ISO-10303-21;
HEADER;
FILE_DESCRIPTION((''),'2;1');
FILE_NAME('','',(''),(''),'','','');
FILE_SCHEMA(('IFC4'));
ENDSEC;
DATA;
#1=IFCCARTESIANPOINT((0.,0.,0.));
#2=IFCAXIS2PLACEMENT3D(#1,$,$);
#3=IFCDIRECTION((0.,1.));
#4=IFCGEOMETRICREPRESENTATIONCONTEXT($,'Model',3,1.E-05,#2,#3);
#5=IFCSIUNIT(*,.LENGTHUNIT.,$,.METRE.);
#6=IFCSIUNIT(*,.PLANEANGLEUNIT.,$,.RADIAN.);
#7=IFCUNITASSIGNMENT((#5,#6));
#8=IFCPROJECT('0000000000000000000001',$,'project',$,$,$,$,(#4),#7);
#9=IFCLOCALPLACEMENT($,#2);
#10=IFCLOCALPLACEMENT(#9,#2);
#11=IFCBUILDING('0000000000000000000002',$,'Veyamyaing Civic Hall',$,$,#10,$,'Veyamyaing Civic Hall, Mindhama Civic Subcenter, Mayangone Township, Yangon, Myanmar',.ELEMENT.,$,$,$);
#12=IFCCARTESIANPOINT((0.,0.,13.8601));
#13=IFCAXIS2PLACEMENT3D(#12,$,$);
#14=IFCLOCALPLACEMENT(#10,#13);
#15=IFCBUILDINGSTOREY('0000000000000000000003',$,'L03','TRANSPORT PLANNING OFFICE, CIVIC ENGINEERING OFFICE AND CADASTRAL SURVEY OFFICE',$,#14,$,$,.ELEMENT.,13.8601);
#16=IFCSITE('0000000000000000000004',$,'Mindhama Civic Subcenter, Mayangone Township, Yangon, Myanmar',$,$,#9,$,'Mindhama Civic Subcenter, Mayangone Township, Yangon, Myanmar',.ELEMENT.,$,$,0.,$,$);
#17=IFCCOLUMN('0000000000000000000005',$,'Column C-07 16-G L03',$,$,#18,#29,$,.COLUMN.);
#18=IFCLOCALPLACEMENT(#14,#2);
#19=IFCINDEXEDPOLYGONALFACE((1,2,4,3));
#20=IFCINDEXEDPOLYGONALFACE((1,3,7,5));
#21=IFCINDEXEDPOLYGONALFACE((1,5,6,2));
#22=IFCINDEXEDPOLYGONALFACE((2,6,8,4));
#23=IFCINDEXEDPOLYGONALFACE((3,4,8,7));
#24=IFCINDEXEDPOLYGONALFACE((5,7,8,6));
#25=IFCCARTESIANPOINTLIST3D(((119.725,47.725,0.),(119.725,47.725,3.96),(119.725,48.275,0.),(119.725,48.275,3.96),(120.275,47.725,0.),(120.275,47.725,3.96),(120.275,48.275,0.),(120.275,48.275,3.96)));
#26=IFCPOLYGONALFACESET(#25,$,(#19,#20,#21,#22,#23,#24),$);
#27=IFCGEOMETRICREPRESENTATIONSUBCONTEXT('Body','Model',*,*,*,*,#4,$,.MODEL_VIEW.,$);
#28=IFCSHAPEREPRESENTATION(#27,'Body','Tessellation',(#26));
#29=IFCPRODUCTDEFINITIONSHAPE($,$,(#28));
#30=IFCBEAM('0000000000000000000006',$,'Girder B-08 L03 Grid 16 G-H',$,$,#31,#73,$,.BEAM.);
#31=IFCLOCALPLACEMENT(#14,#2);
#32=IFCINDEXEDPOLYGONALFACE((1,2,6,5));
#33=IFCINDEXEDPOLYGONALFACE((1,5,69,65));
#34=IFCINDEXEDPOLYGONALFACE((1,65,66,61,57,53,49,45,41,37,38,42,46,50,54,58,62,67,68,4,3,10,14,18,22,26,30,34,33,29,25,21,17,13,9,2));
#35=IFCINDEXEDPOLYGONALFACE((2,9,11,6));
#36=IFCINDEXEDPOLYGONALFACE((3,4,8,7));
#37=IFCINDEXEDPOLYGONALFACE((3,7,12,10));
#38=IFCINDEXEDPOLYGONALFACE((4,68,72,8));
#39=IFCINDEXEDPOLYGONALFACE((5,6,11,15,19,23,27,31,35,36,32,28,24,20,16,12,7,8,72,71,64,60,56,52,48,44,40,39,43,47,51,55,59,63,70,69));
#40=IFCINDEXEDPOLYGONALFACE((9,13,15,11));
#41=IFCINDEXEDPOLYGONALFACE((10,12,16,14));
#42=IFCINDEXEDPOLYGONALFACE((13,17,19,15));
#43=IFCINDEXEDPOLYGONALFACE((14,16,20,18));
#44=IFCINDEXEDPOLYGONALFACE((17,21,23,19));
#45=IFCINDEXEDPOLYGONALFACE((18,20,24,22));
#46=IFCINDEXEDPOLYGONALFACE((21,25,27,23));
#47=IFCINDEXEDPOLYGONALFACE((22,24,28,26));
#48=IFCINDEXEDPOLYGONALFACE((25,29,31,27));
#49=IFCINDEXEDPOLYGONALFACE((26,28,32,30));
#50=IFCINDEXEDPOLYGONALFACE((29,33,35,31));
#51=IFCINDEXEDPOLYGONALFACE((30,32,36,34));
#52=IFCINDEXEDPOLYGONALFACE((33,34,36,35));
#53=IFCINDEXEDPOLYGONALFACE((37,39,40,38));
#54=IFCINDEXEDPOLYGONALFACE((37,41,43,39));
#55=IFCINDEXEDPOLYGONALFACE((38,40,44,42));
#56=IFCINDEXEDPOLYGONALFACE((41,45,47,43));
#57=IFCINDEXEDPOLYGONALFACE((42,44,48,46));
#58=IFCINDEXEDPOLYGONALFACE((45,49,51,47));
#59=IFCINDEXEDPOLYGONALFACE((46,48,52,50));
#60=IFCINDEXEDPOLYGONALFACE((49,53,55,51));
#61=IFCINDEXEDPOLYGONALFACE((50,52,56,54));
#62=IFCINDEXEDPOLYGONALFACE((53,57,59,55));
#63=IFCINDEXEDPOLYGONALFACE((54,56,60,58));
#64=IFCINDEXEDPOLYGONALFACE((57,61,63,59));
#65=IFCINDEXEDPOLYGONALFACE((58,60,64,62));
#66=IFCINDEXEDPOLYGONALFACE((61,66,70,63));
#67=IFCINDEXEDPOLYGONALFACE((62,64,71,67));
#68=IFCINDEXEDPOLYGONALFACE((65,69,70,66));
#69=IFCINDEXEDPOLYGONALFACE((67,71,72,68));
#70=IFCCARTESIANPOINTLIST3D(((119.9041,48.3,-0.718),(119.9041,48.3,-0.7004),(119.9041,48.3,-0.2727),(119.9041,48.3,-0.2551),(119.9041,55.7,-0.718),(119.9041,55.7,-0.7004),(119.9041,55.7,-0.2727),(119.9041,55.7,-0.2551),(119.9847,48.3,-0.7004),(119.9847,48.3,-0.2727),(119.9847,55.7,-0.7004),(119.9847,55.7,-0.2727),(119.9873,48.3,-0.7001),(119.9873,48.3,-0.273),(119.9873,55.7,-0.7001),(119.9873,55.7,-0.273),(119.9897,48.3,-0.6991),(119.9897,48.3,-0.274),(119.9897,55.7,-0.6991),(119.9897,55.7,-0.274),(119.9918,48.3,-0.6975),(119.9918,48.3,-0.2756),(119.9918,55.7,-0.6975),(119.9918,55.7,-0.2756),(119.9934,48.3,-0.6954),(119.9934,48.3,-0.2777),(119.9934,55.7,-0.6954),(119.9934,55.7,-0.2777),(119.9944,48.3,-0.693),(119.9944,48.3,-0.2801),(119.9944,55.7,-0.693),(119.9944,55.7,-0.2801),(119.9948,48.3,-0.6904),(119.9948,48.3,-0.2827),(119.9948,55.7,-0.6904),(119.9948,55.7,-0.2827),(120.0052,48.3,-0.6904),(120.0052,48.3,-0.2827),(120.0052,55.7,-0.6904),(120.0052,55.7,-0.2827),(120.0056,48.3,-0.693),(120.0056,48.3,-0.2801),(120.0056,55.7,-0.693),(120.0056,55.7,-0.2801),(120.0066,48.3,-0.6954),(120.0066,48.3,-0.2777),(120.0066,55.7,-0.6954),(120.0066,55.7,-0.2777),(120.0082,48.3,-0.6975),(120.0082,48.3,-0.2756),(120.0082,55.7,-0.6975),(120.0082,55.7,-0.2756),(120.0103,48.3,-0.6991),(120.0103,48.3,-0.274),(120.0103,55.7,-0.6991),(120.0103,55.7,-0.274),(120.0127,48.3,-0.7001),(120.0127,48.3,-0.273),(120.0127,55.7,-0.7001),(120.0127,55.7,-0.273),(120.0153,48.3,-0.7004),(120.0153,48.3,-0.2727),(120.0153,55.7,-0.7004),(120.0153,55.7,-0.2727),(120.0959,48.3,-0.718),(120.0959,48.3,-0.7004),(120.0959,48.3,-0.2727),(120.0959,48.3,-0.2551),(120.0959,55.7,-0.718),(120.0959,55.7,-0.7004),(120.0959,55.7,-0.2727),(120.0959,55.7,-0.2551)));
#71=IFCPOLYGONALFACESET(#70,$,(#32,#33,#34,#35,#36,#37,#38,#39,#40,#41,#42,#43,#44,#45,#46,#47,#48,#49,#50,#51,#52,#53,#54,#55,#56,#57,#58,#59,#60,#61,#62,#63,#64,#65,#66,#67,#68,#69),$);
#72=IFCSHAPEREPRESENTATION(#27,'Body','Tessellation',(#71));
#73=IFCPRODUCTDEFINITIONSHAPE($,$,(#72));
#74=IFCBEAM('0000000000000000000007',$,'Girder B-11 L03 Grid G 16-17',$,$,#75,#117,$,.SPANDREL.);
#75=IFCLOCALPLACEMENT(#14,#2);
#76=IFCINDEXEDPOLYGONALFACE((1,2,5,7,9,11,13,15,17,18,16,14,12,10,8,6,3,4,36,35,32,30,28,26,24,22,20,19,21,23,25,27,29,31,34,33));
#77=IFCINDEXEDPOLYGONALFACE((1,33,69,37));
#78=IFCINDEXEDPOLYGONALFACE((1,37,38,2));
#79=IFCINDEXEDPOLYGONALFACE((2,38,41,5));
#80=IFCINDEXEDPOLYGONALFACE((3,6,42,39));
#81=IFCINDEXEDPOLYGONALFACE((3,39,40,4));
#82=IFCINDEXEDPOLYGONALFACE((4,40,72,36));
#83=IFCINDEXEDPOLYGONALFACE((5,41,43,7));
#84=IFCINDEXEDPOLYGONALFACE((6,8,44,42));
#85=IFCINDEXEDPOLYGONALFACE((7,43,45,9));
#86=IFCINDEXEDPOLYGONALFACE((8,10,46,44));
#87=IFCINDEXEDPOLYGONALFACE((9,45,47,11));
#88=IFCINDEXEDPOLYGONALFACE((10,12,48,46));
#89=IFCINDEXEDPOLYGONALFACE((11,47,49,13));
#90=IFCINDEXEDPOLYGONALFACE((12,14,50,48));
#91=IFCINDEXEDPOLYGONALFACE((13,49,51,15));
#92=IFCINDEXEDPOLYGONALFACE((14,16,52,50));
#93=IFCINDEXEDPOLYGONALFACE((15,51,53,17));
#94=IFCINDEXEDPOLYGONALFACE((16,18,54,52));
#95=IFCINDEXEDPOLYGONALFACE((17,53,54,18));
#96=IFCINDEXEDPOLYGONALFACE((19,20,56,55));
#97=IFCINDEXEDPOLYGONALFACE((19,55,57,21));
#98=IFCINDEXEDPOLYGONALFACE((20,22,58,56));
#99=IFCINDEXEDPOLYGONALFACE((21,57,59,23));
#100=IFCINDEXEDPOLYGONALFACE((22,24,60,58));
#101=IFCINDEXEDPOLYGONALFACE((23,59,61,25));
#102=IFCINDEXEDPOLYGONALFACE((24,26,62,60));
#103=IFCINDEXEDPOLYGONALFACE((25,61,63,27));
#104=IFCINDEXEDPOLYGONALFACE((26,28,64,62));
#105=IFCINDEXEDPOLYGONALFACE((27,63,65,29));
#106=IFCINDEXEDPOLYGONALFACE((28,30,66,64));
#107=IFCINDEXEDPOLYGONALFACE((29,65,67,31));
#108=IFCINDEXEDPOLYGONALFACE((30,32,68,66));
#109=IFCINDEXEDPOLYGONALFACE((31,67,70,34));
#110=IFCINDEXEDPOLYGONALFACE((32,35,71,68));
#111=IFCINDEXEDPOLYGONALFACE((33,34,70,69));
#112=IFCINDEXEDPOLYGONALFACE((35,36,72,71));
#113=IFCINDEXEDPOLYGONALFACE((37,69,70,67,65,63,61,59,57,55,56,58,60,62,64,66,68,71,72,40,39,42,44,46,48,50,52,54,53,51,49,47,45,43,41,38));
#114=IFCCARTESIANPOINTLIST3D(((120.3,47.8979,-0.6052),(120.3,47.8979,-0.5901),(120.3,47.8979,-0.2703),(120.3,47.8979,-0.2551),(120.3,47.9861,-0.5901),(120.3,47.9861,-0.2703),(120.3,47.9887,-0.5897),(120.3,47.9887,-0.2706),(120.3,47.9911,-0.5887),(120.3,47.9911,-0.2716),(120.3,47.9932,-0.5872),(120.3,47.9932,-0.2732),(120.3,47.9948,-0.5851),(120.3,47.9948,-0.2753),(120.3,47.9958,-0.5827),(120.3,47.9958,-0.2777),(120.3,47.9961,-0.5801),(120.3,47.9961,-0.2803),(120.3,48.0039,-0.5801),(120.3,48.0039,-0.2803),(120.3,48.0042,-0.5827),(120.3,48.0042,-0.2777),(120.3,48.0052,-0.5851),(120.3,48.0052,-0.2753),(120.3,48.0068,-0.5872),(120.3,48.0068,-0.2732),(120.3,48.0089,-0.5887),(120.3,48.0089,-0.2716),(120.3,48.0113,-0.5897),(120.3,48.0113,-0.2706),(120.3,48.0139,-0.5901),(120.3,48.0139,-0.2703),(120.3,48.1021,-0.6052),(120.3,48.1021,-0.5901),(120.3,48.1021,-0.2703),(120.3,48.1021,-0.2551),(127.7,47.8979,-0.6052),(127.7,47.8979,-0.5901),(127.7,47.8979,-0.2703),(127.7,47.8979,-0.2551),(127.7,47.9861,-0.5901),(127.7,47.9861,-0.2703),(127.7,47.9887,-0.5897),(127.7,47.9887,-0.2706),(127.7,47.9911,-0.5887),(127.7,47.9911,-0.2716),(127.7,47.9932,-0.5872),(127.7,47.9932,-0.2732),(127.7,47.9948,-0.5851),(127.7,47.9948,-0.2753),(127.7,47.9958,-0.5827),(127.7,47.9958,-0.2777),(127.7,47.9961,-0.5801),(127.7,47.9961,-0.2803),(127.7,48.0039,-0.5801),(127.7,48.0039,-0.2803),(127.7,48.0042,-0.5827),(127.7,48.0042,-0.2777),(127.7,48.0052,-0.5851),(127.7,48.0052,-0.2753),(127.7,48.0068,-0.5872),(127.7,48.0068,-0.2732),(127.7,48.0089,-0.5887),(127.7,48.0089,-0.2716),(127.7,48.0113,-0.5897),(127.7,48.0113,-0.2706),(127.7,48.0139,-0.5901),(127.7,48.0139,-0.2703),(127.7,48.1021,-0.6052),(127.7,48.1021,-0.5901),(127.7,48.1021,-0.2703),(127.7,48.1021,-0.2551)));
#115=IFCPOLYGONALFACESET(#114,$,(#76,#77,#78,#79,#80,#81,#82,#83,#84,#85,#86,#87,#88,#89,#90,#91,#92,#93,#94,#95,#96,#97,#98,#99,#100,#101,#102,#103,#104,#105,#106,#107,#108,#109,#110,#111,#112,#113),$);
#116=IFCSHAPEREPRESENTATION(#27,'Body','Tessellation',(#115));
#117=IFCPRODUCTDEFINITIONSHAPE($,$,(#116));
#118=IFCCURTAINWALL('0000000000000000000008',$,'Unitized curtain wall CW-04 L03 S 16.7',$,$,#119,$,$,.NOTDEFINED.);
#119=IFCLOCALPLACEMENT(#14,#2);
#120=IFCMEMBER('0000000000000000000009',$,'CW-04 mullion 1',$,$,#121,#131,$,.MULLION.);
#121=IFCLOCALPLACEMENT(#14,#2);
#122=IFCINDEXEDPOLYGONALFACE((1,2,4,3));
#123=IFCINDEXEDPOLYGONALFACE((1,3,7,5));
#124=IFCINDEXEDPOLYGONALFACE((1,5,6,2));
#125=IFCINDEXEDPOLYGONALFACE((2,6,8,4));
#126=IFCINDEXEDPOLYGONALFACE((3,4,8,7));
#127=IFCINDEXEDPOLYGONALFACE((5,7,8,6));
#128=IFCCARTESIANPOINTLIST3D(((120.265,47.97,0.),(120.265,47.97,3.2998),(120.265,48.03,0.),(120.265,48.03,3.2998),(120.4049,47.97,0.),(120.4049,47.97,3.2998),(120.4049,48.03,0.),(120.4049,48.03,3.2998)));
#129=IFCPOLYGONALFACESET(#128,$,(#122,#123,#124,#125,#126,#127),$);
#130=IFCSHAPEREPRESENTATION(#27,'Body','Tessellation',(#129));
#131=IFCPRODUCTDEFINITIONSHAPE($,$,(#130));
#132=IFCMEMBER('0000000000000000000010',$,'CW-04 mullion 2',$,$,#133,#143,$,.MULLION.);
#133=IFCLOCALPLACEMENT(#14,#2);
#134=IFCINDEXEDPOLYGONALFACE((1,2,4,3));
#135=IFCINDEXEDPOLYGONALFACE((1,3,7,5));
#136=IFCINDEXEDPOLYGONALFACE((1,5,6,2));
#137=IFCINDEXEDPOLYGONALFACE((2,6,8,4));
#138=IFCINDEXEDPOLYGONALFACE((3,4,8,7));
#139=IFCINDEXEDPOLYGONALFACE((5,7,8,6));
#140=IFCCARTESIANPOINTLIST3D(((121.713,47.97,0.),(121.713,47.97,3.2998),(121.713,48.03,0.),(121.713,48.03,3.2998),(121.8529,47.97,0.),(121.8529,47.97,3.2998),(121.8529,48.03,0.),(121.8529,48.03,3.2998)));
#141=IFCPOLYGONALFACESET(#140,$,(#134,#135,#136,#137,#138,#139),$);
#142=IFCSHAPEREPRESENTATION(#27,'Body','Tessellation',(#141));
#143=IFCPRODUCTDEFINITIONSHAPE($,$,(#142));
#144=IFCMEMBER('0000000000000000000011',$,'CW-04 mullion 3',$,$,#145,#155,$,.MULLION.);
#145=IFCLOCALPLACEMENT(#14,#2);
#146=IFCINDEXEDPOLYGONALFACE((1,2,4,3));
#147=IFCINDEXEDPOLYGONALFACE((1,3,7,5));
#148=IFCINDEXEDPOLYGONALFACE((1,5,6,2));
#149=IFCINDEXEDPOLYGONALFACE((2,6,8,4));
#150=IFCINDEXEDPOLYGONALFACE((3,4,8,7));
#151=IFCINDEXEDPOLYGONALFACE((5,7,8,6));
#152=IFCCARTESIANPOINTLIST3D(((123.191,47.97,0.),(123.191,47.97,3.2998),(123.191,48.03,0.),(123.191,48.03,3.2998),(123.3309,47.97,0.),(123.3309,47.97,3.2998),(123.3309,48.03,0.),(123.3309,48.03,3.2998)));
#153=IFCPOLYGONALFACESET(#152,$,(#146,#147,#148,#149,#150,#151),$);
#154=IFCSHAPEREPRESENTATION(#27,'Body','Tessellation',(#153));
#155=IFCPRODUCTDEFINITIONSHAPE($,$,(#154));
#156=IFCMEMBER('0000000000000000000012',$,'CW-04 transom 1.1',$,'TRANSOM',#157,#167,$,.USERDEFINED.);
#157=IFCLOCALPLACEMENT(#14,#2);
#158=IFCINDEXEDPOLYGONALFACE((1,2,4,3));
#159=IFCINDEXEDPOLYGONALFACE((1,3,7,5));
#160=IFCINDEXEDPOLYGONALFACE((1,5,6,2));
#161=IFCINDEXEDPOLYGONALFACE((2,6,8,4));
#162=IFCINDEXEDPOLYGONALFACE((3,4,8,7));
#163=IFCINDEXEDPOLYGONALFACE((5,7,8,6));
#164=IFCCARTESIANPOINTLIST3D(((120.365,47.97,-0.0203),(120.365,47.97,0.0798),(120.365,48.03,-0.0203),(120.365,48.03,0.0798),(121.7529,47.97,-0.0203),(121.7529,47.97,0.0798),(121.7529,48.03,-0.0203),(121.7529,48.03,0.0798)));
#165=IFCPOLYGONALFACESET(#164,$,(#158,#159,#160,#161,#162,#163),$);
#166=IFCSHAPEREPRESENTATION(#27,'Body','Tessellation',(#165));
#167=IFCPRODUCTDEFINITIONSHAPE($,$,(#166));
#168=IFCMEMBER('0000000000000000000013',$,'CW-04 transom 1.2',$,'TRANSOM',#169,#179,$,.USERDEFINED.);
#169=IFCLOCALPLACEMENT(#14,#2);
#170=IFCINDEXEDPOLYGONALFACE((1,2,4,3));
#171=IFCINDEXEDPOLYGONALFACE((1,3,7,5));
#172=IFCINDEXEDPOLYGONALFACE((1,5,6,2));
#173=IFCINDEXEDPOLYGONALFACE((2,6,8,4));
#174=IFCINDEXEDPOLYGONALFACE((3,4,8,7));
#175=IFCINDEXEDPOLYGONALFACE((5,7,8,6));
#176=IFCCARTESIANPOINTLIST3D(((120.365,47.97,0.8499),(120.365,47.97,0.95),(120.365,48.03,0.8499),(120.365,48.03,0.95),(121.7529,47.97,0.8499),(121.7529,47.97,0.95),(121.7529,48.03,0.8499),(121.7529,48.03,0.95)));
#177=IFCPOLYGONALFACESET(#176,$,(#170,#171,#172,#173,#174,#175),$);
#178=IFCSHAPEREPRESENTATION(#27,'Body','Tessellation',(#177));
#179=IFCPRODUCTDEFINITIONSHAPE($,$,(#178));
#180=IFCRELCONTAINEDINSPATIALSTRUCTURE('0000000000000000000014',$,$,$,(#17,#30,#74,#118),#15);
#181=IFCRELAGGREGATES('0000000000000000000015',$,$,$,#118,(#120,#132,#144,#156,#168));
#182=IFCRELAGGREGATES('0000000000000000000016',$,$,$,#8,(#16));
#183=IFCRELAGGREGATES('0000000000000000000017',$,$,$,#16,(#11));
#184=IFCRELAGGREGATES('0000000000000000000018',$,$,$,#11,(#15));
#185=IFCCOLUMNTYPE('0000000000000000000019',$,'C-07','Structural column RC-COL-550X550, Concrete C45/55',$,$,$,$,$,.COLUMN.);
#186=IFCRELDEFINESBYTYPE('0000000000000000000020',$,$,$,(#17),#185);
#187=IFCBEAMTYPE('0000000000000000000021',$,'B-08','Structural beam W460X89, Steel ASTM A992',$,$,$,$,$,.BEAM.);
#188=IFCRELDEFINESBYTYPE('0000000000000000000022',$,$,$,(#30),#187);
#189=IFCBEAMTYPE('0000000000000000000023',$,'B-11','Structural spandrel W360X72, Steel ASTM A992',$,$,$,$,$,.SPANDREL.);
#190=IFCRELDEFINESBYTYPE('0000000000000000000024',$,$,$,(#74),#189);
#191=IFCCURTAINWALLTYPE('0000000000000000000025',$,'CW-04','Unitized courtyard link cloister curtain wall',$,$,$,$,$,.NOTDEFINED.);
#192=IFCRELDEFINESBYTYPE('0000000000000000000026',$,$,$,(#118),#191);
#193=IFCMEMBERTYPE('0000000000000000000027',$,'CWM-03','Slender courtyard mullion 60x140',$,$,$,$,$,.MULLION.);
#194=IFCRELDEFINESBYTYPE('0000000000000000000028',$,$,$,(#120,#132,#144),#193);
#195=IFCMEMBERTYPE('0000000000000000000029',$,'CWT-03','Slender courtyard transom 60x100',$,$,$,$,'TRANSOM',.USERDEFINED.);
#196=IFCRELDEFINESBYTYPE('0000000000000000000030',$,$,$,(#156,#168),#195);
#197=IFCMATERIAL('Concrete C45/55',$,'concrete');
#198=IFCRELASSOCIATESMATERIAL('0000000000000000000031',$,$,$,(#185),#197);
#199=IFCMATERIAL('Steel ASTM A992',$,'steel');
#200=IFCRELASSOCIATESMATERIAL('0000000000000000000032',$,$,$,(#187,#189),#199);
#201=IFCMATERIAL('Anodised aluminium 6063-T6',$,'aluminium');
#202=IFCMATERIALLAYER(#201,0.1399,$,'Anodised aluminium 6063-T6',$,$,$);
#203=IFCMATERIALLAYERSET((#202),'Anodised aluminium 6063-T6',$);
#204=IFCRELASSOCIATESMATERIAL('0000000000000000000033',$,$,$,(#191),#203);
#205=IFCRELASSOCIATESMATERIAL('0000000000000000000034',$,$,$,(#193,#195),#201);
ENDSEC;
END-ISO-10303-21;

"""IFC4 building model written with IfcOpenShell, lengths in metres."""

from ifc_helpers import new_model, si_unit, direction, frame, origin, origin_2d, place, context, subcontext, project, spatial, rectangle, i_section, extrude, material, layer, layer_set, material_profile, profile_set, type_object, element, aggregate, save


model = new_model("IFC4")

# Units and contexts
model_context = context("Model", 3, precision=1e-05, world=origin(), true_north=direction((0.0, 1.0)))
body_context = subcontext(model_context, "Body", "Model", "MODEL_VIEW")
ifc_project = project(units=[si_unit("LENGTHUNIT", "METRE"), si_unit("PLANEANGLEUNIT", "RADIAN")], contexts=[model_context])

# Site, building, storey
site_placement = place(None, origin())
site = spatial("IfcSite", under=ifc_project, at=site_placement, Name="Mindhama Civic Subcenter, Mayangone Township, Yangon, Myanmar", LongName="Mindhama Civic Subcenter, Mayangone Township, Yangon, Myanmar", CompositionType="ELEMENT", RefElevation=0.0)
building_placement = place(site_placement, origin())
building = spatial("IfcBuilding", under=site, at=building_placement, Name="Veyamyaing Civic Hall", LongName="Veyamyaing Civic Hall, Mindhama Civic Subcenter, Mayangone Township, Yangon, Myanmar", CompositionType="ELEMENT")
storey_placement = place(building_placement, frame((0.0, 0.0, 13.8601)))
storey = spatial("IfcBuildingStorey", under=building, at=storey_placement, Name="L03", Description="TRANSPORT PLANNING OFFICE, CIVIC ENGINEERING OFFICE AND CADASTRAL SURVEY OFFICE", CompositionType="ELEMENT", Elevation=13.8601)

# Column
ifc_material_1 = material(Name="Concrete C45/55", Category="concrete")
ifc_material_profile_1 = material_profile(ifc_material_1, rectangle(XDim=0.55, YDim=0.55, at=origin_2d()), Name="RC-COL-550X550")
ifc_profile_set_1 = profile_set([ifc_material_profile_1], Name="Concrete C45/55")
column_type = type_object("IfcColumnType", Name="C-07", Description="Structural column RC-COL-550X550, Concrete C45/55", PredefinedType="COLUMN", material=ifc_profile_set_1)
column_placement = place(storey_placement, frame((120.0, 48.0, 0.0), z_axis=(0.0, 0.0, 1.0), x_axis=(1.0, 0.0, 0.0)))
element("IfcColumn", 1, at=column_placement, inside=storey, type_object=column_type, Name="Column C-07 16-G L03", PredefinedType="COLUMN", context=body_context, shape_type="SweptSolid", body=[
    extrude(rectangle(XDim=0.55, YDim=0.55, at=origin_2d()), origin(), (0.0, 0.0, 1.0), 3.96),
])

# Beams
ifc_material_2 = material(Name="Steel ASTM A992", Category="steel")
ifc_material_profile_2 = material_profile(ifc_material_2, i_section(OverallWidth=0.1919, OverallDepth=0.4629, WebThickness=0.0105, FlangeThickness=0.0176, FilletRadius=0.01, at=origin_2d()), Name="W460X89")
ifc_profile_set_2 = profile_set([ifc_material_profile_2], Name="Steel ASTM A992")
beam_type_1 = type_object("IfcBeamType", Name="B-08", Description="Structural beam W460X89, Steel ASTM A992", PredefinedType="BEAM", material=ifc_profile_set_2)
beam_1_placement = place(storey_placement, frame((120.0, 48.3, -0.4866), z_axis=(0.0, 1.0, 0.0), x_axis=(-1.0, 0.0, 0.0)))
element("IfcBeam", 2, at=beam_1_placement, inside=storey, type_object=beam_type_1, Name="Girder B-08 L03 Grid 16 G-H", PredefinedType="BEAM", context=body_context, shape_type="SweptSolid", body=[
    extrude(i_section(OverallWidth=0.1919, OverallDepth=0.4629, WebThickness=0.0105, FlangeThickness=0.0176, FilletRadius=0.01, at=origin_2d()), origin(), (0.0, 0.0, 1.0), 7.3999),
])
ifc_material_profile_3 = material_profile(ifc_material_2, i_section(OverallWidth=0.2041, OverallDepth=0.3501, WebThickness=0.0078, FlangeThickness=0.0151, FilletRadius=0.01, at=origin_2d()), Name="W360X72")
ifc_profile_set_3 = profile_set([ifc_material_profile_3], Name="Steel ASTM A992")
beam_type_2 = type_object("IfcBeamType", Name="B-11", Description="Structural spandrel W360X72, Steel ASTM A992", PredefinedType="SPANDREL", material=ifc_profile_set_3)
beam_2_placement = place(storey_placement, frame((120.3, 48.0, -0.4302), z_axis=(1.0, 0.0, 0.0), x_axis=(0.0, 1.0, 0.0)))
element("IfcBeam", 3, at=beam_2_placement, inside=storey, type_object=beam_type_2, Name="Girder B-11 L03 Grid G 16-17", PredefinedType="SPANDREL", context=body_context, shape_type="SweptSolid", body=[
    extrude(i_section(OverallWidth=0.2041, OverallDepth=0.3501, WebThickness=0.0078, FlangeThickness=0.0151, FilletRadius=0.01, at=origin_2d()), origin(), (0.0, 0.0, 1.0), 7.3999),
])

# Curtain wall, members
ifc_material_3 = material(Name="Anodised aluminium 6063-T6", Category="aluminium")
ifc_layer_1 = layer(ifc_material_3, 0.1399, Name="Anodised aluminium 6063-T6")
ifc_layer_set_1 = layer_set([ifc_layer_1], Name="Anodised aluminium 6063-T6")
curtain_wall_type = type_object("IfcCurtainWallType", Name="CW-04", Description="Unitized courtyard link cloister curtain wall", PredefinedType="NOTDEFINED", material=ifc_layer_set_1)
curtain_wall_placement = place(storey_placement, origin())
curtain_wall = element("IfcCurtainWall", 4, at=curtain_wall_placement, inside=storey, type_object=curtain_wall_type, Name="Unitized curtain wall CW-04 L03 S 16.7", PredefinedType="NOTDEFINED")
ifc_material_profile_4 = material_profile(ifc_material_3, rectangle(XDim=0.0601, YDim=0.1399, at=origin_2d()), Name="ALU-MUL-60X140")
ifc_profile_set_4 = profile_set([ifc_material_profile_4], Name="Anodised aluminium 6063-T6")
member_type_1 = type_object("IfcMemberType", Name="CWM-03", Description="Slender courtyard mullion 60x140", PredefinedType="MULLION", material=ifc_profile_set_4)
member_1_placement = place(storey_placement, frame((120.335, 48.0, 0.0), z_axis=(0.0, 0.0, 1.0), x_axis=(0.0, 1.0, 0.0)))
member_1 = element("IfcMember", 5, at=member_1_placement, type_object=member_type_1, Name="CW-04 mullion 1", PredefinedType="MULLION", context=body_context, shape_type="SweptSolid", body=[
    extrude(rectangle(XDim=0.0601, YDim=0.1399, at=origin_2d()), origin(), (0.0, 0.0, 1.0), 3.2998),
])
member_2_placement = place(storey_placement, frame((121.783, 48.0, 0.0), z_axis=(0.0, 0.0, 1.0), x_axis=(0.0, 1.0, 0.0)))
member_2 = element("IfcMember", 6, at=member_2_placement, type_object=member_type_1, Name="CW-04 mullion 2", PredefinedType="MULLION", context=body_context, shape_type="SweptSolid", body=[
    extrude(rectangle(XDim=0.0601, YDim=0.1399, at=origin_2d()), origin(), (0.0, 0.0, 1.0), 3.2998),
])
member_3_placement = place(storey_placement, frame((123.261, 48.0, 0.0), z_axis=(0.0, 0.0, 1.0), x_axis=(0.0, 1.0, 0.0)))
member_3 = element("IfcMember", 7, at=member_3_placement, type_object=member_type_1, Name="CW-04 mullion 3", PredefinedType="MULLION", context=body_context, shape_type="SweptSolid", body=[
    extrude(rectangle(XDim=0.0601, YDim=0.1399, at=origin_2d()), origin(), (0.0, 0.0, 1.0), 3.2998),
])
ifc_material_profile_5 = material_profile(ifc_material_3, rectangle(XDim=0.0601, YDim=0.1001, at=origin_2d()), Name="ALU-TRN-60X100")
ifc_profile_set_5 = profile_set([ifc_material_profile_5], Name="Anodised aluminium 6063-T6")
member_type_2 = type_object("IfcMemberType", Name="CWT-03", Description="Slender courtyard transom 60x100", ElementType="TRANSOM", PredefinedType="USERDEFINED", material=ifc_profile_set_5)
member_4_placement = place(storey_placement, frame((120.365, 48.0, 0.0298), z_axis=(1.0, 0.0, 0.0), x_axis=(0.0, 1.0, 0.0)))
member_4 = element("IfcMember", 8, at=member_4_placement, type_object=member_type_2, Name="CW-04 transom 1.1", ObjectType="TRANSOM", PredefinedType="USERDEFINED", context=body_context, shape_type="SweptSolid", body=[
    extrude(rectangle(XDim=0.0601, YDim=0.1001, at=origin_2d()), origin(), (0.0, 0.0, 1.0), 1.3879),
])
member_5_placement = place(storey_placement, frame((120.365, 48.0, 0.8999), z_axis=(1.0, 0.0, 0.0), x_axis=(0.0, 1.0, 0.0)))
member_5 = element("IfcMember", 9, at=member_5_placement, type_object=member_type_2, Name="CW-04 transom 1.2", ObjectType="TRANSOM", PredefinedType="USERDEFINED", context=body_context, shape_type="SweptSolid", body=[
    extrude(rectangle(XDim=0.0601, YDim=0.1001, at=origin_2d()), origin(), (0.0, 0.0, 1.0), 1.3879),
])

aggregate(curtain_wall, [member_1, member_2, member_3, member_4, member_5])

save(model, "model.ifc")
